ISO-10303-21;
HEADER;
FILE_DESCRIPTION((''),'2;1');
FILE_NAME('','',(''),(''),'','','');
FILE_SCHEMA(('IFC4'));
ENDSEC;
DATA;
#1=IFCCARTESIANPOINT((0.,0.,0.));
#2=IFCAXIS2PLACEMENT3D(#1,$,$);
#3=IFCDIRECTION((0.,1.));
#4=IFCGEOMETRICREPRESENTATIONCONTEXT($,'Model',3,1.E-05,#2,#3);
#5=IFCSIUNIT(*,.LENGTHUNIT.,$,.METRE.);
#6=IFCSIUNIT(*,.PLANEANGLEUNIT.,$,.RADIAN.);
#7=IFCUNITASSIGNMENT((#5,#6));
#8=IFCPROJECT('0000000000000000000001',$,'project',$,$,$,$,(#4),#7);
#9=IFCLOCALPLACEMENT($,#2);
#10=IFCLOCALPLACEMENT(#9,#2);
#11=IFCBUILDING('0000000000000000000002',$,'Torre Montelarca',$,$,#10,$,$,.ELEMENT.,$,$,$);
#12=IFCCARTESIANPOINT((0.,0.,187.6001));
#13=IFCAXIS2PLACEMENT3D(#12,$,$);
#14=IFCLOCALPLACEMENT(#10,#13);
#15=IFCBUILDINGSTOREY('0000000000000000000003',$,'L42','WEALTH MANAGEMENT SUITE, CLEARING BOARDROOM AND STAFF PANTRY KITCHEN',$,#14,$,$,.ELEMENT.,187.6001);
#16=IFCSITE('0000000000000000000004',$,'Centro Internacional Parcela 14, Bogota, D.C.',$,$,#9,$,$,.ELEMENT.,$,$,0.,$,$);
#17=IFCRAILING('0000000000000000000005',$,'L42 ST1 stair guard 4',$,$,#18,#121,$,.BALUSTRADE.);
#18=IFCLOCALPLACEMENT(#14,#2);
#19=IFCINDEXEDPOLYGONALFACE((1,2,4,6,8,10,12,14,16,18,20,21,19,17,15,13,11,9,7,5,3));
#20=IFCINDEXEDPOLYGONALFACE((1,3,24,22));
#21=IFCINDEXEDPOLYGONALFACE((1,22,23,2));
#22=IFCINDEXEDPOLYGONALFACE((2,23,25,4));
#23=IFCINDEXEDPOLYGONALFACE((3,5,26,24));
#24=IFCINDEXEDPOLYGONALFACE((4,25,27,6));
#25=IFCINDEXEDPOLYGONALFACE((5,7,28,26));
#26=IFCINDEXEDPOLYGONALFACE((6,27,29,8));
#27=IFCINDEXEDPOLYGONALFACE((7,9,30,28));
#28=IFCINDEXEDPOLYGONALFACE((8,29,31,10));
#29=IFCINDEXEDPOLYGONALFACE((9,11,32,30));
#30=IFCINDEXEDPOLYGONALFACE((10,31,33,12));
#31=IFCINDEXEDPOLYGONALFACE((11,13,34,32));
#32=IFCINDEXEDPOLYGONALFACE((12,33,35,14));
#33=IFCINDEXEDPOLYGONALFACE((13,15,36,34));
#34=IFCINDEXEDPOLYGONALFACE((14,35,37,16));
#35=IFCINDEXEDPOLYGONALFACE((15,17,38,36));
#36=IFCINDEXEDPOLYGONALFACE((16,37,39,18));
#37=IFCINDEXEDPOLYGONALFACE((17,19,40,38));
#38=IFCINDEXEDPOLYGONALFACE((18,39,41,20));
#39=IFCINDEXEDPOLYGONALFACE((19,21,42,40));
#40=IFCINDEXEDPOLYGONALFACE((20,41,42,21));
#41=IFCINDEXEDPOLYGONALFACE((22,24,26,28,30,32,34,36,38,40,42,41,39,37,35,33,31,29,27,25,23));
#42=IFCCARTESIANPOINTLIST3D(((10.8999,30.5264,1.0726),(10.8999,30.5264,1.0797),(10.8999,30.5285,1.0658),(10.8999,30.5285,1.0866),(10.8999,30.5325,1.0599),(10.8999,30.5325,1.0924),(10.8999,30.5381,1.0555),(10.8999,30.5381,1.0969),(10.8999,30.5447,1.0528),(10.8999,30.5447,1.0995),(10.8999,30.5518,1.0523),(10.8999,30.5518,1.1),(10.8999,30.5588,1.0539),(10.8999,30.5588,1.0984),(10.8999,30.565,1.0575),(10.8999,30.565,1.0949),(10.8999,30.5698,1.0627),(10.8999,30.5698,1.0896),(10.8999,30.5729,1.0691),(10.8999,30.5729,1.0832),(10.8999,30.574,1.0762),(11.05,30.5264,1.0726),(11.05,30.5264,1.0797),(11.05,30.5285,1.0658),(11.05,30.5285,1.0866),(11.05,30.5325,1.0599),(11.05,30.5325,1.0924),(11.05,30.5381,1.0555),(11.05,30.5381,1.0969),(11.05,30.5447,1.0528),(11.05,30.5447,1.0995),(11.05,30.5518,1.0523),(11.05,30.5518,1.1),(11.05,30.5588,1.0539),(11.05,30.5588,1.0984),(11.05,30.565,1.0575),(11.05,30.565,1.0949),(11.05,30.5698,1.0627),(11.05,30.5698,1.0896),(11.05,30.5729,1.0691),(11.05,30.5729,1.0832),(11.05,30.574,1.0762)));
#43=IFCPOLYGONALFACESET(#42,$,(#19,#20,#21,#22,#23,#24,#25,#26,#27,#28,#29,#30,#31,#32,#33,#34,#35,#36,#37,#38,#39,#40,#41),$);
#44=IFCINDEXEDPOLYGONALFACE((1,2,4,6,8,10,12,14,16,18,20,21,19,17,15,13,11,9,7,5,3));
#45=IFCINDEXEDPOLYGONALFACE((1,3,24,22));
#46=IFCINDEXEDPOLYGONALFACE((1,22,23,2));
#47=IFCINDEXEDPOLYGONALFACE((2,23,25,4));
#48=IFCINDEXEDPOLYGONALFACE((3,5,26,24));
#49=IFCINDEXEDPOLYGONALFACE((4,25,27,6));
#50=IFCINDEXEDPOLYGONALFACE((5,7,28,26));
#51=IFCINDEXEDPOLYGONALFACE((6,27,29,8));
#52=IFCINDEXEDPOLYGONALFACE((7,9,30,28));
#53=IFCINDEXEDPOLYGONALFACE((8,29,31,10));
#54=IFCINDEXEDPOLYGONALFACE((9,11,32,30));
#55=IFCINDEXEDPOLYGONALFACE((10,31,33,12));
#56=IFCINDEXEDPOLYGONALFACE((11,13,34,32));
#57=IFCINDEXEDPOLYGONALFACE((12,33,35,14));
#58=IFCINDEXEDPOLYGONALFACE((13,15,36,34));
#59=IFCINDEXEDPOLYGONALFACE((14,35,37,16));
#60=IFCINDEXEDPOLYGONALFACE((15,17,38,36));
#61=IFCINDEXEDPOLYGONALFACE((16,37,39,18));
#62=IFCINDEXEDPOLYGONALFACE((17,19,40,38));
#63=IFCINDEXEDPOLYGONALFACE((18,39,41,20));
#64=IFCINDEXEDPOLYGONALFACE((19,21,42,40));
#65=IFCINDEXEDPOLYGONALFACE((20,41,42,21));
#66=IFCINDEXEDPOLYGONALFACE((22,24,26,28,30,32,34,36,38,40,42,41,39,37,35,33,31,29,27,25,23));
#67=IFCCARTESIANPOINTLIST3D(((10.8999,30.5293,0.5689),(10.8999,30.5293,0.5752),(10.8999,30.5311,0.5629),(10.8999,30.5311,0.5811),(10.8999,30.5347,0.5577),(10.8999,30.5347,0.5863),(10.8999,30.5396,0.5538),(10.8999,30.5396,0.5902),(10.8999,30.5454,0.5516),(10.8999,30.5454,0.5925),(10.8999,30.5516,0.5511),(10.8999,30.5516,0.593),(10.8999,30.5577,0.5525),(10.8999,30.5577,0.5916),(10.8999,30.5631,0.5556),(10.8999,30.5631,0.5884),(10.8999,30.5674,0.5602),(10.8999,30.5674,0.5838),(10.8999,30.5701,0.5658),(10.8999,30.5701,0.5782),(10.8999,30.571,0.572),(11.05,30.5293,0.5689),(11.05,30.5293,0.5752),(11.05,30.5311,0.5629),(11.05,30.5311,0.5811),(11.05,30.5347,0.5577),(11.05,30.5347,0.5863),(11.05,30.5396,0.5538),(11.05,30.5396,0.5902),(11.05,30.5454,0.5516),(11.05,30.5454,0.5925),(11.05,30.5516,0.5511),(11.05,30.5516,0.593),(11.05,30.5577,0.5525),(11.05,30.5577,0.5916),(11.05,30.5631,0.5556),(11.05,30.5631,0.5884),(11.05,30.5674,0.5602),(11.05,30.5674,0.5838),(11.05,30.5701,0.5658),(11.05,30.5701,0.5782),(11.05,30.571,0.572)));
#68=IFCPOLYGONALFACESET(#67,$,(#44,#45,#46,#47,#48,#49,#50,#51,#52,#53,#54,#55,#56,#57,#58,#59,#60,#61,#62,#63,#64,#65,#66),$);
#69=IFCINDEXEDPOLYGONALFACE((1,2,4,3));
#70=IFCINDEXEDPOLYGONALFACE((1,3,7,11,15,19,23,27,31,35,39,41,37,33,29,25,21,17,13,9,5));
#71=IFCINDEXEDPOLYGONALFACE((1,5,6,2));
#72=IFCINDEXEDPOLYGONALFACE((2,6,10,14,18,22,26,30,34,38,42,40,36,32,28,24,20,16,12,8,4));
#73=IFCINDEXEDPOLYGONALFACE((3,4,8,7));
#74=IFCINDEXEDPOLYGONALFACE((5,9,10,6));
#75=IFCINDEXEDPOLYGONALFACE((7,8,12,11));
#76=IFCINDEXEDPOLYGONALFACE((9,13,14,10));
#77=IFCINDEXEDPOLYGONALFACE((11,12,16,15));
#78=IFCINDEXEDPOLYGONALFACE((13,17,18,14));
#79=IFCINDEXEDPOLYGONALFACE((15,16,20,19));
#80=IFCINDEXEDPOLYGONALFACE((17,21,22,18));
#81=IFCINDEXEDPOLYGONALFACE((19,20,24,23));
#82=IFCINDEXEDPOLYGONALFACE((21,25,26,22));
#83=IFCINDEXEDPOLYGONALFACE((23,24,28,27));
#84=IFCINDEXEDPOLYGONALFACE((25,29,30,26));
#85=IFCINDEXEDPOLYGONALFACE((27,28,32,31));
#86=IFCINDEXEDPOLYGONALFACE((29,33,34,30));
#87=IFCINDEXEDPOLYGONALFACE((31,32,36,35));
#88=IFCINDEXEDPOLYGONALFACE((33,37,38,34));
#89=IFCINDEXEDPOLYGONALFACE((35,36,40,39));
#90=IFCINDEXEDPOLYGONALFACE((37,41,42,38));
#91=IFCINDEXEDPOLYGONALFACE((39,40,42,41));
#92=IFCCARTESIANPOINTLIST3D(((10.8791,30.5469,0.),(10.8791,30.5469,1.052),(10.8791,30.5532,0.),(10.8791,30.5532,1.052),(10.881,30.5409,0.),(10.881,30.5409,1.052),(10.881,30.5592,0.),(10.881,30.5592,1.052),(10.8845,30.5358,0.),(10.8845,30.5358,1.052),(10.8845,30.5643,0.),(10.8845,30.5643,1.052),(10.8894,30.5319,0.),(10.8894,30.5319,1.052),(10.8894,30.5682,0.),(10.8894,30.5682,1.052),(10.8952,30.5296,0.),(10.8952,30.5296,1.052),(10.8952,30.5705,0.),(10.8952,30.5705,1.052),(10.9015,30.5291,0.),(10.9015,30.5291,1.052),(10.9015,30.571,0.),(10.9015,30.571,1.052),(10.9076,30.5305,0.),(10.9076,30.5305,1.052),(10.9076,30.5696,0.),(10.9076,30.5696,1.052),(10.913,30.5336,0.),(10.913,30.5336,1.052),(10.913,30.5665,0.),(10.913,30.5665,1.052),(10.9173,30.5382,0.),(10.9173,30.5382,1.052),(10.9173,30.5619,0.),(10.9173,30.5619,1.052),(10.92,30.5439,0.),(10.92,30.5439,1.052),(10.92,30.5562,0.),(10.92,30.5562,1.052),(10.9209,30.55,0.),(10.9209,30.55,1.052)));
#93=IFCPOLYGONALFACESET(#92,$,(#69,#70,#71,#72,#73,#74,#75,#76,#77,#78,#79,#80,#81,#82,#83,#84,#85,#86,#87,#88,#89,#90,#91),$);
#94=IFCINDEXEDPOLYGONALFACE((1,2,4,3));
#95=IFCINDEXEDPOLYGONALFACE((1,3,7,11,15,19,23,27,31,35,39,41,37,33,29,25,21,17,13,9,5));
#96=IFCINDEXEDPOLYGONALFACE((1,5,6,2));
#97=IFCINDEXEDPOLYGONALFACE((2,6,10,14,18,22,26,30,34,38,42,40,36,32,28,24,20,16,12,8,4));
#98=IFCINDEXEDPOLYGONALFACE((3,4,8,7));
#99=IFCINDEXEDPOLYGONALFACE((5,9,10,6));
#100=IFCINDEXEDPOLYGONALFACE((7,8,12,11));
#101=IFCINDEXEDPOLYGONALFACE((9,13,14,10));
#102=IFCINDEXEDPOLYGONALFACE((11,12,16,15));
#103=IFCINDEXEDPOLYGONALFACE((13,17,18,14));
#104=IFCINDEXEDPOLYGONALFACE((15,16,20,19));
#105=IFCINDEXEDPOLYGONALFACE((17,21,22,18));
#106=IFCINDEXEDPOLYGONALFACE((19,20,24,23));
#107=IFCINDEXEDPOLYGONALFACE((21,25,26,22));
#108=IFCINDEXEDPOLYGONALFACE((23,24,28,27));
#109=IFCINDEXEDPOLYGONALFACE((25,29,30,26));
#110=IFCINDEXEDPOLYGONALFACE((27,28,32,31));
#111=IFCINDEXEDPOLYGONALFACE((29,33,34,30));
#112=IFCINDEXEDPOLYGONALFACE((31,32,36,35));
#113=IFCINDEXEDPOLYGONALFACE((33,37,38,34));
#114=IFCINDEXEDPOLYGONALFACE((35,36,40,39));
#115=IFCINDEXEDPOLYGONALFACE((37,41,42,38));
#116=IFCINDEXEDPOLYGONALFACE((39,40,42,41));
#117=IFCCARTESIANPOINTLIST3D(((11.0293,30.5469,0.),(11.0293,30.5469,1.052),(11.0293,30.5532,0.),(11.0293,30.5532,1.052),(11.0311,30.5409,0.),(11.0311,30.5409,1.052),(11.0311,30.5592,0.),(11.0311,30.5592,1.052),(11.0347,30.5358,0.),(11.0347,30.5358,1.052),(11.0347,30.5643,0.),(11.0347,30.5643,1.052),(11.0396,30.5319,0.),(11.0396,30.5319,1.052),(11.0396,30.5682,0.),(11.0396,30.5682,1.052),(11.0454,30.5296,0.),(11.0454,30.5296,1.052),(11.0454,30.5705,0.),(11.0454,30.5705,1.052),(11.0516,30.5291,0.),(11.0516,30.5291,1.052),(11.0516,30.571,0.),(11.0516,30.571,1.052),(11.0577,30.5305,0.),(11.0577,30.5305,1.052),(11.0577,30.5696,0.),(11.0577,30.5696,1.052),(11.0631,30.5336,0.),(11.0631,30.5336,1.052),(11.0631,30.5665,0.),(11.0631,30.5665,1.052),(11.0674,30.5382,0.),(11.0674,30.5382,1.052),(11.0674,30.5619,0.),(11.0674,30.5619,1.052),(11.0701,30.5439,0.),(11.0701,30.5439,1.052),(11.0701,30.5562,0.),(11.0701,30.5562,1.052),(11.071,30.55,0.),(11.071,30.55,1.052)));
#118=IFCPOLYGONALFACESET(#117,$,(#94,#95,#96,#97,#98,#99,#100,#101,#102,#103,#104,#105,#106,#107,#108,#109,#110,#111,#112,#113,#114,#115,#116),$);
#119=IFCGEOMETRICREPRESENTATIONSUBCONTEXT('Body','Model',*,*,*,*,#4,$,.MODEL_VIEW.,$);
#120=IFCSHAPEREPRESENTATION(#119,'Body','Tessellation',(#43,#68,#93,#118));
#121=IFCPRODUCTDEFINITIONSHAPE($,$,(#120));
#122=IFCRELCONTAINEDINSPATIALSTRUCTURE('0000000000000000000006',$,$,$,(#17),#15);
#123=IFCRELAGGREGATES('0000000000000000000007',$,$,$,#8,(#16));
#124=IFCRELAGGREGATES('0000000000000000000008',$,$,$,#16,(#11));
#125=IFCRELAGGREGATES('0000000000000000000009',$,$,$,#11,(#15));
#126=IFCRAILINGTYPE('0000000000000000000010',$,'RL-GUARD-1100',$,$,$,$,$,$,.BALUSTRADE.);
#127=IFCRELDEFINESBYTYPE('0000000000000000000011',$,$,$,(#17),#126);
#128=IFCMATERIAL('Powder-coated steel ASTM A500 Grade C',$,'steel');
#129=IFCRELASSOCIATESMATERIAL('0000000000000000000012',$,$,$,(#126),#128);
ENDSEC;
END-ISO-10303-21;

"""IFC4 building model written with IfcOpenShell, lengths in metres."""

from ifc_helpers import new_model, si_unit, direction, frame, origin, origin_2d, place, context, subcontext, project, spatial, circle, extrude, material, type_object, element, save


model = new_model("IFC4")

# Units and contexts
model_context = context("Model", 3, precision=1e-05, world=origin(), true_north=direction((0.0, 1.0)))
body_context = subcontext(model_context, "Body", "Model", "MODEL_VIEW")
ifc_project = project(units=[si_unit("LENGTHUNIT", "METRE"), si_unit("PLANEANGLEUNIT", "RADIAN")], contexts=[model_context])

# Site, building, storey
site_placement = place(None, origin())
site = spatial("IfcSite", under=ifc_project, at=site_placement, Name="Centro Internacional Parcela 14, Bogota, D.C.", CompositionType="ELEMENT", RefElevation=0.0)
building_placement = place(site_placement, origin())
building = spatial("IfcBuilding", under=site, at=building_placement, Name="Torre Montelarca", CompositionType="ELEMENT")
storey_placement = place(building_placement, frame((0.0, 0.0, 187.6001)))
storey = spatial("IfcBuildingStorey", under=building, at=storey_placement, Name="L42", Description="WEALTH MANAGEMENT SUITE, CLEARING BOARDROOM AND STAFF PANTRY KITCHEN", CompositionType="ELEMENT", Elevation=187.6001)

# Railing
ifc_material_1 = material(Name="Powder-coated steel ASTM A500 Grade C", Category="steel")
railing_type_1 = type_object("IfcRailingType", Name="RL-GUARD-1100", PredefinedType="BALUSTRADE", material=ifc_material_1)
railing_1_placement = place(storey_placement, frame((10.8999, 30.55, 0.0)))
element("IfcRailing", 1, at=railing_1_placement, inside=storey, type_object=railing_type_1, Name="L42 ST1 stair guard 4", PredefinedType="BALUSTRADE", context=body_context, shape_type="SweptSolid", body=[
    extrude(circle(Radius=0.0239, at=origin_2d()), frame((0.0, 0.0, 1.0762), z_axis=(1.0, 0.0, 0.0), x_axis=(0.0, 1.0, 0.0)), (0.0, 0.0, 1.0), 0.1501),
    extrude(circle(Radius=0.021, at=origin_2d()), frame((0.0, 0.0, 0.572), z_axis=(1.0, 0.0, 0.0), x_axis=(0.0, 1.0, 0.0)), (0.0, 0.0, 1.0), 0.1501),
    extrude(circle(Radius=0.021, at=origin_2d()), origin(), (0.0, 0.0, 1.0), 1.052),
    extrude(circle(Radius=0.021, at=origin_2d()), frame((0.1501, 0.0, 0.0)), (0.0, 0.0, 1.0), 1.052),
])

save(model, "model.ifc")
